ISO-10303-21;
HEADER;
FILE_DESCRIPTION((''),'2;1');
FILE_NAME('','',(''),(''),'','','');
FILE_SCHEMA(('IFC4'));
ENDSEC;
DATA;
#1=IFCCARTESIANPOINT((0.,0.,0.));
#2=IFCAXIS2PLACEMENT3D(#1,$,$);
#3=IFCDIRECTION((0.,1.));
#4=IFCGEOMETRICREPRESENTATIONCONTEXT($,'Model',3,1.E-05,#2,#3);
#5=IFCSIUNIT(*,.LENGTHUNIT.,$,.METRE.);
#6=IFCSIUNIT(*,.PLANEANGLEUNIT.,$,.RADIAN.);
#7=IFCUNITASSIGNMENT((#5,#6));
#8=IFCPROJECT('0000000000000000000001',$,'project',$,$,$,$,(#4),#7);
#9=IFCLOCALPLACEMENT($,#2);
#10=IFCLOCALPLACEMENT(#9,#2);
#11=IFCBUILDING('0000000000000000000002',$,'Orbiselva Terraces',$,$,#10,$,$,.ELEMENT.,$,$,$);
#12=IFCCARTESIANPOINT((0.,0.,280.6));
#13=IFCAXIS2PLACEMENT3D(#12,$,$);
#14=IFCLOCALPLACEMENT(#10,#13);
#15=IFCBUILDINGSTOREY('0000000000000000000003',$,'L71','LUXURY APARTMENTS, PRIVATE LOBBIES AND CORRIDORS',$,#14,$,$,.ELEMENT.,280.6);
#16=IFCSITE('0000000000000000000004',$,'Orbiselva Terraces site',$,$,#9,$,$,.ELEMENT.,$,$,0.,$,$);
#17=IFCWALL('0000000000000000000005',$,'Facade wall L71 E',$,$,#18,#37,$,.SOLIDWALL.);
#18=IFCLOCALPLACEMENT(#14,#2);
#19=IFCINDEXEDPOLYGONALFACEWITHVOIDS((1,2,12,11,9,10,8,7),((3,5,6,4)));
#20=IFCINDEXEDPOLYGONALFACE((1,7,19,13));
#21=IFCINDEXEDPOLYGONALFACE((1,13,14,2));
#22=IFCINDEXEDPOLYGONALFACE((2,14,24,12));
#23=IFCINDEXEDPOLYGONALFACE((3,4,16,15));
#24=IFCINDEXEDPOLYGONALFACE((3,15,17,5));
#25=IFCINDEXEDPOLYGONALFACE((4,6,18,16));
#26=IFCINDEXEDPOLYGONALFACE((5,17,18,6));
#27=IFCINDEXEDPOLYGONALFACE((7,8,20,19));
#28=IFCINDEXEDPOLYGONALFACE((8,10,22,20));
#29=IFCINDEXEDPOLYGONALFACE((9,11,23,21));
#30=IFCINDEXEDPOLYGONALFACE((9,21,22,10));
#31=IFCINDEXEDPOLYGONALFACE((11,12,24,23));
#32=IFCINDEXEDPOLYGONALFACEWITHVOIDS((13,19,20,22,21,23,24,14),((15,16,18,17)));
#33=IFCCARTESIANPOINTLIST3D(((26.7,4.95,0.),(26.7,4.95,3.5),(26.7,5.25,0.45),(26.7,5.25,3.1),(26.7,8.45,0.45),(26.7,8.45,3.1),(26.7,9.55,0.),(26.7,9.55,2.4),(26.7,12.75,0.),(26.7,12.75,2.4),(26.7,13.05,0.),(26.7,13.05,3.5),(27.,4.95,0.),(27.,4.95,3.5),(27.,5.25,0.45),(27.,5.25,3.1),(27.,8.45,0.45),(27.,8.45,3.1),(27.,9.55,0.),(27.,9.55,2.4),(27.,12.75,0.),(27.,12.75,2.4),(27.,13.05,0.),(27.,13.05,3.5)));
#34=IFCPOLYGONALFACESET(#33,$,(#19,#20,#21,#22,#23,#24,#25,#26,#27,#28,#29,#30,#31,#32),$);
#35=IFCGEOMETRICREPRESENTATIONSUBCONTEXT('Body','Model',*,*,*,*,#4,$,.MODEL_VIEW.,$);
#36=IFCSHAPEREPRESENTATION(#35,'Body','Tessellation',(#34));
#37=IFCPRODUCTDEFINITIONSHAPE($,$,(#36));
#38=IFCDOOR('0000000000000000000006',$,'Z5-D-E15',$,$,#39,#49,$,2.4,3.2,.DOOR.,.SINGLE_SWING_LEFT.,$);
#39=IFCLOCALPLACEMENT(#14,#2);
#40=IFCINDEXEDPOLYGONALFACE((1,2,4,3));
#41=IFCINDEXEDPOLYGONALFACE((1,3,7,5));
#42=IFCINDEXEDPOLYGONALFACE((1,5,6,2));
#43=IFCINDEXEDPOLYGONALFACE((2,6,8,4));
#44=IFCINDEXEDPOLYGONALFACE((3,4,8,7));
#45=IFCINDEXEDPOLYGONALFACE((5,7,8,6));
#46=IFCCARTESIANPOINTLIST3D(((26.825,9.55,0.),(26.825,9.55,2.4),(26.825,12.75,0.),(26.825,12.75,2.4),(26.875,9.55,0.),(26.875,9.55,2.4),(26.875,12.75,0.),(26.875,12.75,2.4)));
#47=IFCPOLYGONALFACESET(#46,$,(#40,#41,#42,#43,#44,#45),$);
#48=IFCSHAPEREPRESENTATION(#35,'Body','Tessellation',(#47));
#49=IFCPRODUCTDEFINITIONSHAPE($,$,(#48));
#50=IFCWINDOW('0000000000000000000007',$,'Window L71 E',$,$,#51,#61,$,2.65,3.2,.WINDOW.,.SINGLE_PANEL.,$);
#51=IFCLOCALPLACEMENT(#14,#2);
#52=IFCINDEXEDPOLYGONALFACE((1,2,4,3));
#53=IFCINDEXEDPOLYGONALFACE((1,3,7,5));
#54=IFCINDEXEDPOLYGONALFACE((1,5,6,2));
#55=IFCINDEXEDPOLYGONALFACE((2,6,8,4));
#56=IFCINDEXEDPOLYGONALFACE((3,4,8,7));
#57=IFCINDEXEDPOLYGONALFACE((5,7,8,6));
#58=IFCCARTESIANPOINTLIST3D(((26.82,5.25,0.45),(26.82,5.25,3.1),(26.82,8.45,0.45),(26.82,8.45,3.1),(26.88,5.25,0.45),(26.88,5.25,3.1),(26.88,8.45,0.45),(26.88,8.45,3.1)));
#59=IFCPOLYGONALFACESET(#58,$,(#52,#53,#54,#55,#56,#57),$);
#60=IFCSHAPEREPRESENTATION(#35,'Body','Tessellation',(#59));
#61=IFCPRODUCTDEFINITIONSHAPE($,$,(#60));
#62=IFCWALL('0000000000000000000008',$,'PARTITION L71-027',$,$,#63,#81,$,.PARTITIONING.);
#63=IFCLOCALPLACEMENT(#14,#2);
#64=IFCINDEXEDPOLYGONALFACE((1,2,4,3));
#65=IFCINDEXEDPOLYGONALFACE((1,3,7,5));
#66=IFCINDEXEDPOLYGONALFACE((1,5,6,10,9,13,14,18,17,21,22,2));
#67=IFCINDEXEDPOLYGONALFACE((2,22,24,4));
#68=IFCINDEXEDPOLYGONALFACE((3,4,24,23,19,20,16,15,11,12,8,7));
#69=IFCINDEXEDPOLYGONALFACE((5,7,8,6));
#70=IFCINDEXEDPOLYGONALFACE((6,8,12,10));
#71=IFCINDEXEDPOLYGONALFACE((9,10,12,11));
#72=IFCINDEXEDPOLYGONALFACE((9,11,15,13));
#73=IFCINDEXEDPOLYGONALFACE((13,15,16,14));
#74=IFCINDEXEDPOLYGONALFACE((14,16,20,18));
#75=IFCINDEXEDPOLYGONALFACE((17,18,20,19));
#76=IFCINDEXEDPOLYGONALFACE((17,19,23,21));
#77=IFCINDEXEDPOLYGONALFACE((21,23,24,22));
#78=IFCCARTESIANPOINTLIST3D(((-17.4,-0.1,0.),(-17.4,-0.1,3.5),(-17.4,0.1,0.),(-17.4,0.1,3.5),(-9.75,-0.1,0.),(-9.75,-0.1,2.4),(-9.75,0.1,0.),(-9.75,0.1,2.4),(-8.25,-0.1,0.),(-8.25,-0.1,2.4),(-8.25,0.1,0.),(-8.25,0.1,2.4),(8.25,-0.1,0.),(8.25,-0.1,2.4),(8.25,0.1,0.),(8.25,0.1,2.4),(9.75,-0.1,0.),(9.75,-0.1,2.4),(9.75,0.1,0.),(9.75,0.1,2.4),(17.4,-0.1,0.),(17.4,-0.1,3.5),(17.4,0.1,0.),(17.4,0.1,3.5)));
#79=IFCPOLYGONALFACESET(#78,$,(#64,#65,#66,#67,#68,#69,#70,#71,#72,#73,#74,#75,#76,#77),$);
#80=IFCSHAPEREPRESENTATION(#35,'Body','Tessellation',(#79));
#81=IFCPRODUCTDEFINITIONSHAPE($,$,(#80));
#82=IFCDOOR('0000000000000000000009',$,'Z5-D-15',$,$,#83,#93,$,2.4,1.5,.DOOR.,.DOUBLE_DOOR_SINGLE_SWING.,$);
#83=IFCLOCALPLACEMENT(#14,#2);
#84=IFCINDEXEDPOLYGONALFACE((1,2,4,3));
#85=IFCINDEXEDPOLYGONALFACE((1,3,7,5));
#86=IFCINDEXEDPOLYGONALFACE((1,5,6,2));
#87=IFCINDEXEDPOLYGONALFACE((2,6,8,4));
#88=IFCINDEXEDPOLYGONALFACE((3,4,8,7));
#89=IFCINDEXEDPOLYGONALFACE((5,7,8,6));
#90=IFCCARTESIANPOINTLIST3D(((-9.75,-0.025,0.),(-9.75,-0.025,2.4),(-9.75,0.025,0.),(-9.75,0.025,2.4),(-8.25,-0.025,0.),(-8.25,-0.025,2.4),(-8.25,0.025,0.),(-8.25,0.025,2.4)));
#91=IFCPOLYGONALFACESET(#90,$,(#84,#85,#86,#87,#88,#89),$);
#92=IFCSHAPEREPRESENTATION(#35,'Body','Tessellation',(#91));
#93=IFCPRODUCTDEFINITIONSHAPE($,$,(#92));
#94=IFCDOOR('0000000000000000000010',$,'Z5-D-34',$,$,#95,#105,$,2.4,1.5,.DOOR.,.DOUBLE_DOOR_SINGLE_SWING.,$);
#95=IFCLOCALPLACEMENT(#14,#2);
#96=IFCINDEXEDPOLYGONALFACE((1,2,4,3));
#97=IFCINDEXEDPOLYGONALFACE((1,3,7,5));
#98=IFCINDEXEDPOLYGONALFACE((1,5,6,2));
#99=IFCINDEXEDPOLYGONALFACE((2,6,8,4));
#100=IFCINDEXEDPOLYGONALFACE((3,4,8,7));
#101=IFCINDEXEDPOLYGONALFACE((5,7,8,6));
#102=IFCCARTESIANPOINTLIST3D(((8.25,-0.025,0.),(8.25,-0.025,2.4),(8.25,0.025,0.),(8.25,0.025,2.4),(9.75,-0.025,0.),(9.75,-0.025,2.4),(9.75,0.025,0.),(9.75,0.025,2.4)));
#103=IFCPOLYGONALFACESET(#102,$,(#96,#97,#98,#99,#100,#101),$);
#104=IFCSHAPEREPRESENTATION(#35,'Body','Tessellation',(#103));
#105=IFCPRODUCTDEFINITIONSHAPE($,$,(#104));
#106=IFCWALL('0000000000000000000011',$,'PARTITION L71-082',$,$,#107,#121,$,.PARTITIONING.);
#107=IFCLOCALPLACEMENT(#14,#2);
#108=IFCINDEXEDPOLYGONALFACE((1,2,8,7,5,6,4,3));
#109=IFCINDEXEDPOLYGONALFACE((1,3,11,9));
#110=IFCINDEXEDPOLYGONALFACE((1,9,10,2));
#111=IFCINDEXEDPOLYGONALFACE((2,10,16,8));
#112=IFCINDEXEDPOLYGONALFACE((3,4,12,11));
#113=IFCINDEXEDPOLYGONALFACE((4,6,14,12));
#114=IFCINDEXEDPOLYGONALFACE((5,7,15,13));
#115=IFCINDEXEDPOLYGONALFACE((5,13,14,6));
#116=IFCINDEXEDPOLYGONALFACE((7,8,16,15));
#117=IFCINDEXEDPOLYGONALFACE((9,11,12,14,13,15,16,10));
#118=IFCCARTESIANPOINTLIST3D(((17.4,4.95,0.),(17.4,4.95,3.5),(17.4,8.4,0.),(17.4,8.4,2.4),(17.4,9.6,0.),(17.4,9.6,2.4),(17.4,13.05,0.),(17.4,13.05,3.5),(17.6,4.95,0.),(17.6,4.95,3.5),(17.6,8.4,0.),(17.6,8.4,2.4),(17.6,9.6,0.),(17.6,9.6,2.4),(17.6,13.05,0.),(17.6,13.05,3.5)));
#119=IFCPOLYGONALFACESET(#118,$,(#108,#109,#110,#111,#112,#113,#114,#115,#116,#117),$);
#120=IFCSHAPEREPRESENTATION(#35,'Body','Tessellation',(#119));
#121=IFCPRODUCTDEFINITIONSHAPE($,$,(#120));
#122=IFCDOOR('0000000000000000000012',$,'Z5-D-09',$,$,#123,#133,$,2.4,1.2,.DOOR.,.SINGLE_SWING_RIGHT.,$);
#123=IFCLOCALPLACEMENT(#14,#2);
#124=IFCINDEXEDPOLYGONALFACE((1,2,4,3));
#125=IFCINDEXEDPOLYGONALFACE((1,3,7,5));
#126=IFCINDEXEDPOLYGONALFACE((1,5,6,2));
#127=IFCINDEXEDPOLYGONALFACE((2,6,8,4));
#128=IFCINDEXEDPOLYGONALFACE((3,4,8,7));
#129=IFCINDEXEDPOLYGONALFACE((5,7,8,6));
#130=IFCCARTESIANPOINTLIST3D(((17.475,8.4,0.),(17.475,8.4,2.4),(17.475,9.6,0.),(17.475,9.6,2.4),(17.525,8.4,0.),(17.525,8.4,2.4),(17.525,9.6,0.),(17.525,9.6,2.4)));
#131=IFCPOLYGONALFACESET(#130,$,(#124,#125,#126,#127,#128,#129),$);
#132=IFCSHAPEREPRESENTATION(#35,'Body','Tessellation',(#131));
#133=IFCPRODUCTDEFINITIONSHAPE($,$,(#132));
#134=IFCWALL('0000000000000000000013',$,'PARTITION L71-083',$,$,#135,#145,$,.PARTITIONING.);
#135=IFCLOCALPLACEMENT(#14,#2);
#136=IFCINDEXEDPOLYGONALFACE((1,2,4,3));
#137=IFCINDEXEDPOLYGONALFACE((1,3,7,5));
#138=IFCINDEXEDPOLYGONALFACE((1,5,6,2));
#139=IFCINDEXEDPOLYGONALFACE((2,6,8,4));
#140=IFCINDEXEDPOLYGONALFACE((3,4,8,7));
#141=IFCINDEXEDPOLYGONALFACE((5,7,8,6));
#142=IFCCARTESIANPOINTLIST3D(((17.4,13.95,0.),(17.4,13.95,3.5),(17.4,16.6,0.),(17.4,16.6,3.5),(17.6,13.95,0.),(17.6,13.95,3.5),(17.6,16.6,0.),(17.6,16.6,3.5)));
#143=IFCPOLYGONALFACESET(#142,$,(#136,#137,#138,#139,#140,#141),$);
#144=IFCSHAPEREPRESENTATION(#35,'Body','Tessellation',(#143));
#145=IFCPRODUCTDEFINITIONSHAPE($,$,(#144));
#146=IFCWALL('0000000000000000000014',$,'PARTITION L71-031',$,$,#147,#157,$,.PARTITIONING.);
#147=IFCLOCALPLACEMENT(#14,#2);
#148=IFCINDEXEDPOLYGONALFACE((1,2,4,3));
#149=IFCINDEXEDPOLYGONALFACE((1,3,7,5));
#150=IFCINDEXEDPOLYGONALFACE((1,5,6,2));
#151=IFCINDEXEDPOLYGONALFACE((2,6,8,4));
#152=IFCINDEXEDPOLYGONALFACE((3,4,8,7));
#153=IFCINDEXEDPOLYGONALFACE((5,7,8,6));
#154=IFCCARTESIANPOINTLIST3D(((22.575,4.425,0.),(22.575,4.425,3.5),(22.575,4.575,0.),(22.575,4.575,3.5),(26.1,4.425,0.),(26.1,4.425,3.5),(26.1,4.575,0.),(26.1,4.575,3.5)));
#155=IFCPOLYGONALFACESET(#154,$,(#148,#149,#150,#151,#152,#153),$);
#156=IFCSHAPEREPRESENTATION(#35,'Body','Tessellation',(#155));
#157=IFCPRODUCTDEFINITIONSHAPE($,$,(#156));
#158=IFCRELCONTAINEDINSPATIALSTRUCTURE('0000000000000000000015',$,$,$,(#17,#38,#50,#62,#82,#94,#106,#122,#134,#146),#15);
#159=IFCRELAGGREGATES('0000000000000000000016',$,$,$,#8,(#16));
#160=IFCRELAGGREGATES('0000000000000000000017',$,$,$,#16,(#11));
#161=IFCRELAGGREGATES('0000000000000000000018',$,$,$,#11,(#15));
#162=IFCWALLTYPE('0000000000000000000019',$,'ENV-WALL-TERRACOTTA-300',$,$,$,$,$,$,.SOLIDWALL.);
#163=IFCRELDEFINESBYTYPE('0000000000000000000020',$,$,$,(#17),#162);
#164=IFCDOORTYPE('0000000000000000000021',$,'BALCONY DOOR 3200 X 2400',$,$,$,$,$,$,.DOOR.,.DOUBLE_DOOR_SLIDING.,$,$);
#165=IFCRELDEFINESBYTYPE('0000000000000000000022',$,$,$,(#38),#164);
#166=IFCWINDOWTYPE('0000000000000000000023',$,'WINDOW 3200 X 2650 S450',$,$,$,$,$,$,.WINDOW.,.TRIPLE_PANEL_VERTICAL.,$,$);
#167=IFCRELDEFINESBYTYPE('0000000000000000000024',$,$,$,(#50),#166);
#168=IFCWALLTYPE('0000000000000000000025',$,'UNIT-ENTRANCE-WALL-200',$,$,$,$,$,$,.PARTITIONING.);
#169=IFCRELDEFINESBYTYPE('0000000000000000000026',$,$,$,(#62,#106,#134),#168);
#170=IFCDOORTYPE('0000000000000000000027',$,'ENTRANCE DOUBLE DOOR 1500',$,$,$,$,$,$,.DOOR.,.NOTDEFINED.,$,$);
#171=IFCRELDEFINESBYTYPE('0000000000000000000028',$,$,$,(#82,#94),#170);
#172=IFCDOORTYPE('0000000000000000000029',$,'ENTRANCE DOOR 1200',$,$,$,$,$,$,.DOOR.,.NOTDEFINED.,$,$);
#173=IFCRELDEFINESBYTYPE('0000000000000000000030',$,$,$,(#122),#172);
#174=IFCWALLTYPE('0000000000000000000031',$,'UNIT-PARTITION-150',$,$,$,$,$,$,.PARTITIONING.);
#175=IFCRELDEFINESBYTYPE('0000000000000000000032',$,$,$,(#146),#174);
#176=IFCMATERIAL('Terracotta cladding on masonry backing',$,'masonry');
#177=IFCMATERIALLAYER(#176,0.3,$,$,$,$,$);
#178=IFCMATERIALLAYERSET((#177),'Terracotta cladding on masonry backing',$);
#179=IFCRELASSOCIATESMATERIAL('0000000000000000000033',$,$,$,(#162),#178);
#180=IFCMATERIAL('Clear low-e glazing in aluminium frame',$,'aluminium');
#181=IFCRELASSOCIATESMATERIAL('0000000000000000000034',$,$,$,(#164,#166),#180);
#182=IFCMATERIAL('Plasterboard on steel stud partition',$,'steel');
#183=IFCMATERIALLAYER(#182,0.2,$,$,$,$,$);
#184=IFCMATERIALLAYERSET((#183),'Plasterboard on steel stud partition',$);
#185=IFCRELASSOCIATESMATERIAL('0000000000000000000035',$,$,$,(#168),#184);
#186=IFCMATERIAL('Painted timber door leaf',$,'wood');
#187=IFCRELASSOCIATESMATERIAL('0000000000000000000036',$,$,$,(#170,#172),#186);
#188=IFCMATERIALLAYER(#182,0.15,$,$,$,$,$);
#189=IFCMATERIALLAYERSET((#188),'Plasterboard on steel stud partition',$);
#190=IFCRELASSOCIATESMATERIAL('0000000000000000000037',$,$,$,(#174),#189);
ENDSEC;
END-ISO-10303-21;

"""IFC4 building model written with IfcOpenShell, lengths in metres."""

from ifc_helpers import new_model, si_unit, direction, frame, frame_2d, origin, place, context, subcontext, project, spatial, rectangle, extrude, material, layer, layer_set, type_object, element, fill, save


model = new_model("IFC4")

# Units and contexts
model_context = context("Model", 3, precision=1e-05, world=origin(), true_north=direction((0.0, 1.0)))
body_context = subcontext(model_context, "Body", "Model", "MODEL_VIEW")
ifc_project = project(units=[si_unit("LENGTHUNIT", "METRE"), si_unit("PLANEANGLEUNIT", "RADIAN")], contexts=[model_context])

# Site, building, storey
site_placement = place(None, origin())
site = spatial("IfcSite", under=ifc_project, at=site_placement, Name="Orbiselva Terraces site", CompositionType="ELEMENT", RefElevation=0.0)
building_placement = place(site_placement, origin())
building = spatial("IfcBuilding", under=site, at=building_placement, Name="Orbiselva Terraces", CompositionType="ELEMENT")
storey_placement = place(building_placement, frame((0.0, 0.0, 280.6)))
storey = spatial("IfcBuildingStorey", under=building, at=storey_placement, Name="L71", Description="LUXURY APARTMENTS, PRIVATE LOBBIES AND CORRIDORS", CompositionType="ELEMENT", Elevation=280.6)

# Wall, openings, door, window
ifc_material_1 = material(Name="Terracotta cladding on masonry backing", Category="masonry")
ifc_layer_1 = layer(ifc_material_1, 0.3)
ifc_layer_set_1 = layer_set([ifc_layer_1], Name="Terracotta cladding on masonry backing")
wall_type_1 = type_object("IfcWallType", Name="ENV-WALL-TERRACOTTA-300", PredefinedType="SOLIDWALL", material=ifc_layer_set_1)
ifc_material_2 = material(Name="Clear low-e glazing in aluminium frame", Category="aluminium")
door_type_1 = type_object("IfcDoorType", Name="BALCONY DOOR 3200 X 2400", OperationType="DOUBLE_DOOR_SLIDING", PredefinedType="DOOR", material=ifc_material_2)
window_type = type_object("IfcWindowType", Name="WINDOW 3200 X 2650 S450", PartitioningType="TRIPLE_PANEL_VERTICAL", PredefinedType="WINDOW", material=ifc_material_2)
wall_1_placement = place(storey_placement, frame((26.85, 13.05, 0.0), z_axis=(0.0, 0.0, 1.0), x_axis=(0.0, -1.0, 0.0)))
wall_1 = element("IfcWall", 1, at=wall_1_placement, inside=storey, type_object=wall_type_1, Name="Facade wall L71 E", PredefinedType="SOLIDWALL", context=body_context, shape_type="SweptSolid", body=[
    extrude(rectangle(XDim=8.1, YDim=0.3, at=frame_2d((4.05, 0.0))), origin(), (0.0, 0.0, 1.0), 3.5),
])
opening_1_placement = place(wall_1_placement, frame((4.6, 0.0, 0.45)))
opening_1 = element("IfcOpeningElement", 2, at=opening_1_placement, cuts=wall_1, PredefinedType="OPENING", context=body_context, shape_type="SweptSolid", body=[
    extrude(rectangle(XDim=3.2, YDim=2.65, at=frame_2d((1.6, 1.325))), frame((0.0, 0.16, 0.0), z_axis=(0.0, -1.0, 0.0), x_axis=(1.0, 0.0, 0.0)), (0.0, 0.0, 1.0), 0.32),
])
opening_2_placement = place(wall_1_placement, frame((0.3, 0.0, 0.0)))
opening_2 = element("IfcOpeningElement", 3, at=opening_2_placement, cuts=wall_1, PredefinedType="OPENING", context=body_context, shape_type="SweptSolid", body=[
    extrude(rectangle(XDim=3.2, YDim=2.4, at=frame_2d((1.6, 1.2))), frame((0.0, 0.16, 0.0), z_axis=(0.0, -1.0, 0.0), x_axis=(1.0, 0.0, 0.0)), (0.0, 0.0, 1.0), 0.32),
])
door_1_placement = place(opening_2_placement, origin())
door_1 = element("IfcDoor", 4, at=door_1_placement, inside=storey, type_object=door_type_1, Name="Z5-D-E15", OperationType="SINGLE_SWING_LEFT", OverallHeight=2.4, OverallWidth=3.2, PredefinedType="DOOR", context=body_context, shape_type="SweptSolid", body=[
    extrude(rectangle(XDim=3.2, YDim=2.4, at=frame_2d((1.6, 1.2))), frame((0.0, 0.025, 0.0), z_axis=(0.0, -1.0, 0.0), x_axis=(1.0, 0.0, 0.0)), (0.0, 0.0, 1.0), 0.05),
])
fill(opening_2, door_1)
window_1_placement = place(opening_1_placement, origin())
window_1 = element("IfcWindow", 5, at=window_1_placement, inside=storey, type_object=window_type, Name="Window L71 E", OverallHeight=2.65, OverallWidth=3.2, PartitioningType="SINGLE_PANEL", PredefinedType="WINDOW", context=body_context, shape_type="SweptSolid", body=[
    extrude(rectangle(XDim=3.2, YDim=2.65, at=frame_2d((1.6, 1.325))), frame((0.0, 0.03, 0.0), z_axis=(0.0, -1.0, 0.0), x_axis=(1.0, 0.0, 0.0)), (0.0, 0.0, 1.0), 0.06),
])
fill(opening_1, window_1)

# Wall, openings, doors
ifc_material_3 = material(Name="Plasterboard on steel stud partition", Category="steel")
ifc_layer_2 = layer(ifc_material_3, 0.2)
ifc_layer_set_2 = layer_set([ifc_layer_2], Name="Plasterboard on steel stud partition")
wall_type_2 = type_object("IfcWallType", Name="UNIT-ENTRANCE-WALL-200", PredefinedType="PARTITIONING", material=ifc_layer_set_2)
wall_2_placement = place(storey_placement, frame((17.4, 0.0, 0.0), z_axis=(0.0, 0.0, 1.0), x_axis=(-1.0, 0.0, 0.0)))
wall_2 = element("IfcWall", 6, at=wall_2_placement, inside=storey, type_object=wall_type_2, Name="PARTITION L71-027", PredefinedType="PARTITIONING", context=body_context, shape_type="SweptSolid", body=[
    extrude(rectangle(XDim=34.8, YDim=0.2, at=frame_2d((17.4, 0.0))), origin(), (0.0, 0.0, 1.0), 3.5),
])
opening_3_placement = place(wall_2_placement, frame((25.65, 0.0, 0.0)))
opening_3 = element("IfcOpeningElement", 7, at=opening_3_placement, cuts=wall_2, PredefinedType="OPENING", context=body_context, shape_type="SweptSolid", body=[
    extrude(rectangle(XDim=1.5, YDim=2.4, at=frame_2d((0.75, 1.2))), frame((0.0, 0.11, 0.0), z_axis=(0.0, -1.0, 0.0), x_axis=(1.0, 0.0, 0.0)), (0.0, 0.0, 1.0), 0.22),
])
opening_4_placement = place(wall_2_placement, frame((7.65, 0.0, 0.0)))
opening_4 = element("IfcOpeningElement", 8, at=opening_4_placement, cuts=wall_2, PredefinedType="OPENING", context=body_context, shape_type="SweptSolid", body=[
    extrude(rectangle(XDim=1.5, YDim=2.4, at=frame_2d((0.75, 1.2))), frame((0.0, 0.11, 0.0), z_axis=(0.0, -1.0, 0.0), x_axis=(1.0, 0.0, 0.0)), (0.0, 0.0, 1.0), 0.22),
])
ifc_material_4 = material(Name="Painted timber door leaf", Category="wood")
door_type_2 = type_object("IfcDoorType", Name="ENTRANCE DOUBLE DOOR 1500", OperationType="NOTDEFINED", PredefinedType="DOOR", material=ifc_material_4)
door_2_placement = place(opening_3_placement, origin())
door_2 = element("IfcDoor", 9, at=door_2_placement, inside=storey, type_object=door_type_2, Name="Z5-D-15", OperationType="DOUBLE_DOOR_SINGLE_SWING", OverallHeight=2.4, OverallWidth=1.5, PredefinedType="DOOR", context=body_context, shape_type="SweptSolid", body=[
    extrude(rectangle(XDim=1.5, YDim=2.4, at=frame_2d((0.75, 1.2))), frame((0.0, 0.025, 0.0), z_axis=(0.0, -1.0, 0.0), x_axis=(1.0, 0.0, 0.0)), (0.0, 0.0, 1.0), 0.05),
])
fill(opening_3, door_2)
door_3_placement = place(opening_4_placement, origin())
door_3 = element("IfcDoor", 10, at=door_3_placement, inside=storey, type_object=door_type_2, Name="Z5-D-34", OperationType="DOUBLE_DOOR_SINGLE_SWING", OverallHeight=2.4, OverallWidth=1.5, PredefinedType="DOOR", context=body_context, shape_type="SweptSolid", body=[
    extrude(rectangle(XDim=1.5, YDim=2.4, at=frame_2d((0.75, 1.2))), frame((0.0, 0.025, 0.0), z_axis=(0.0, -1.0, 0.0), x_axis=(1.0, 0.0, 0.0)), (0.0, 0.0, 1.0), 0.05),
])
fill(opening_4, door_3)

# Wall, opening, door
wall_3_placement = place(storey_placement, frame((17.5, 13.05, 0.0), z_axis=(0.0, 0.0, 1.0), x_axis=(0.0, -1.0, 0.0)))
wall_3 = element("IfcWall", 11, at=wall_3_placement, inside=storey, type_object=wall_type_2, Name="PARTITION L71-082", PredefinedType="PARTITIONING", context=body_context, shape_type="SweptSolid", body=[
    extrude(rectangle(XDim=8.1, YDim=0.2, at=frame_2d((4.05, 0.0))), origin(), (0.0, 0.0, 1.0), 3.5),
])
opening_5_placement = place(wall_3_placement, frame((3.45, 0.0, 0.0)))
opening_5 = element("IfcOpeningElement", 12, at=opening_5_placement, cuts=wall_3, PredefinedType="OPENING", context=body_context, shape_type="SweptSolid", body=[
    extrude(rectangle(XDim=1.2, YDim=2.4, at=frame_2d((0.6, 1.2))), frame((0.0, 0.11, 0.0), z_axis=(0.0, -1.0, 0.0), x_axis=(1.0, 0.0, 0.0)), (0.0, 0.0, 1.0), 0.22),
])
door_type_3 = type_object("IfcDoorType", Name="ENTRANCE DOOR 1200", OperationType="NOTDEFINED", PredefinedType="DOOR", material=ifc_material_4)
door_4_placement = place(opening_5_placement, origin())
door_4 = element("IfcDoor", 13, at=door_4_placement, inside=storey, type_object=door_type_3, Name="Z5-D-09", OperationType="SINGLE_SWING_RIGHT", OverallHeight=2.4, OverallWidth=1.2, PredefinedType="DOOR", context=body_context, shape_type="SweptSolid", body=[
    extrude(rectangle(XDim=1.2, YDim=2.4, at=frame_2d((0.6, 1.2))), frame((0.0, 0.025, 0.0), z_axis=(0.0, -1.0, 0.0), x_axis=(1.0, 0.0, 0.0)), (0.0, 0.0, 1.0), 0.05),
])
fill(opening_5, door_4)

# Walls
wall_4_placement = place(storey_placement, frame((17.5, 13.95, 0.0), z_axis=(0.0, 0.0, 1.0), x_axis=(0.0, 1.0, 0.0)))
element("IfcWall", 14, at=wall_4_placement, inside=storey, type_object=wall_type_2, Name="PARTITION L71-083", PredefinedType="PARTITIONING", context=body_context, shape_type="SweptSolid", body=[
    extrude(rectangle(XDim=2.65, YDim=0.2, at=frame_2d((1.325, 0.0))), origin(), (0.0, 0.0, 1.0), 3.5),
])
ifc_layer_3 = layer(ifc_material_3, 0.15)
ifc_layer_set_3 = layer_set([ifc_layer_3], Name="Plasterboard on steel stud partition")
wall_type_3 = type_object("IfcWallType", Name="UNIT-PARTITION-150", PredefinedType="PARTITIONING", material=ifc_layer_set_3)
wall_5_placement = place(storey_placement, frame((22.575, 4.5, 0.0), z_axis=(0.0, 0.0, 1.0), x_axis=(1.0, 0.0, 0.0)))
element("IfcWall", 15, at=wall_5_placement, inside=storey, type_object=wall_type_3, Name="PARTITION L71-031", PredefinedType="PARTITIONING", context=body_context, shape_type="SweptSolid", body=[
    extrude(rectangle(XDim=3.525, YDim=0.15, at=frame_2d((1.7625, 0.0))), origin(), (0.0, 0.0, 1.0), 3.5),
])

save(model, "model.ifc")
